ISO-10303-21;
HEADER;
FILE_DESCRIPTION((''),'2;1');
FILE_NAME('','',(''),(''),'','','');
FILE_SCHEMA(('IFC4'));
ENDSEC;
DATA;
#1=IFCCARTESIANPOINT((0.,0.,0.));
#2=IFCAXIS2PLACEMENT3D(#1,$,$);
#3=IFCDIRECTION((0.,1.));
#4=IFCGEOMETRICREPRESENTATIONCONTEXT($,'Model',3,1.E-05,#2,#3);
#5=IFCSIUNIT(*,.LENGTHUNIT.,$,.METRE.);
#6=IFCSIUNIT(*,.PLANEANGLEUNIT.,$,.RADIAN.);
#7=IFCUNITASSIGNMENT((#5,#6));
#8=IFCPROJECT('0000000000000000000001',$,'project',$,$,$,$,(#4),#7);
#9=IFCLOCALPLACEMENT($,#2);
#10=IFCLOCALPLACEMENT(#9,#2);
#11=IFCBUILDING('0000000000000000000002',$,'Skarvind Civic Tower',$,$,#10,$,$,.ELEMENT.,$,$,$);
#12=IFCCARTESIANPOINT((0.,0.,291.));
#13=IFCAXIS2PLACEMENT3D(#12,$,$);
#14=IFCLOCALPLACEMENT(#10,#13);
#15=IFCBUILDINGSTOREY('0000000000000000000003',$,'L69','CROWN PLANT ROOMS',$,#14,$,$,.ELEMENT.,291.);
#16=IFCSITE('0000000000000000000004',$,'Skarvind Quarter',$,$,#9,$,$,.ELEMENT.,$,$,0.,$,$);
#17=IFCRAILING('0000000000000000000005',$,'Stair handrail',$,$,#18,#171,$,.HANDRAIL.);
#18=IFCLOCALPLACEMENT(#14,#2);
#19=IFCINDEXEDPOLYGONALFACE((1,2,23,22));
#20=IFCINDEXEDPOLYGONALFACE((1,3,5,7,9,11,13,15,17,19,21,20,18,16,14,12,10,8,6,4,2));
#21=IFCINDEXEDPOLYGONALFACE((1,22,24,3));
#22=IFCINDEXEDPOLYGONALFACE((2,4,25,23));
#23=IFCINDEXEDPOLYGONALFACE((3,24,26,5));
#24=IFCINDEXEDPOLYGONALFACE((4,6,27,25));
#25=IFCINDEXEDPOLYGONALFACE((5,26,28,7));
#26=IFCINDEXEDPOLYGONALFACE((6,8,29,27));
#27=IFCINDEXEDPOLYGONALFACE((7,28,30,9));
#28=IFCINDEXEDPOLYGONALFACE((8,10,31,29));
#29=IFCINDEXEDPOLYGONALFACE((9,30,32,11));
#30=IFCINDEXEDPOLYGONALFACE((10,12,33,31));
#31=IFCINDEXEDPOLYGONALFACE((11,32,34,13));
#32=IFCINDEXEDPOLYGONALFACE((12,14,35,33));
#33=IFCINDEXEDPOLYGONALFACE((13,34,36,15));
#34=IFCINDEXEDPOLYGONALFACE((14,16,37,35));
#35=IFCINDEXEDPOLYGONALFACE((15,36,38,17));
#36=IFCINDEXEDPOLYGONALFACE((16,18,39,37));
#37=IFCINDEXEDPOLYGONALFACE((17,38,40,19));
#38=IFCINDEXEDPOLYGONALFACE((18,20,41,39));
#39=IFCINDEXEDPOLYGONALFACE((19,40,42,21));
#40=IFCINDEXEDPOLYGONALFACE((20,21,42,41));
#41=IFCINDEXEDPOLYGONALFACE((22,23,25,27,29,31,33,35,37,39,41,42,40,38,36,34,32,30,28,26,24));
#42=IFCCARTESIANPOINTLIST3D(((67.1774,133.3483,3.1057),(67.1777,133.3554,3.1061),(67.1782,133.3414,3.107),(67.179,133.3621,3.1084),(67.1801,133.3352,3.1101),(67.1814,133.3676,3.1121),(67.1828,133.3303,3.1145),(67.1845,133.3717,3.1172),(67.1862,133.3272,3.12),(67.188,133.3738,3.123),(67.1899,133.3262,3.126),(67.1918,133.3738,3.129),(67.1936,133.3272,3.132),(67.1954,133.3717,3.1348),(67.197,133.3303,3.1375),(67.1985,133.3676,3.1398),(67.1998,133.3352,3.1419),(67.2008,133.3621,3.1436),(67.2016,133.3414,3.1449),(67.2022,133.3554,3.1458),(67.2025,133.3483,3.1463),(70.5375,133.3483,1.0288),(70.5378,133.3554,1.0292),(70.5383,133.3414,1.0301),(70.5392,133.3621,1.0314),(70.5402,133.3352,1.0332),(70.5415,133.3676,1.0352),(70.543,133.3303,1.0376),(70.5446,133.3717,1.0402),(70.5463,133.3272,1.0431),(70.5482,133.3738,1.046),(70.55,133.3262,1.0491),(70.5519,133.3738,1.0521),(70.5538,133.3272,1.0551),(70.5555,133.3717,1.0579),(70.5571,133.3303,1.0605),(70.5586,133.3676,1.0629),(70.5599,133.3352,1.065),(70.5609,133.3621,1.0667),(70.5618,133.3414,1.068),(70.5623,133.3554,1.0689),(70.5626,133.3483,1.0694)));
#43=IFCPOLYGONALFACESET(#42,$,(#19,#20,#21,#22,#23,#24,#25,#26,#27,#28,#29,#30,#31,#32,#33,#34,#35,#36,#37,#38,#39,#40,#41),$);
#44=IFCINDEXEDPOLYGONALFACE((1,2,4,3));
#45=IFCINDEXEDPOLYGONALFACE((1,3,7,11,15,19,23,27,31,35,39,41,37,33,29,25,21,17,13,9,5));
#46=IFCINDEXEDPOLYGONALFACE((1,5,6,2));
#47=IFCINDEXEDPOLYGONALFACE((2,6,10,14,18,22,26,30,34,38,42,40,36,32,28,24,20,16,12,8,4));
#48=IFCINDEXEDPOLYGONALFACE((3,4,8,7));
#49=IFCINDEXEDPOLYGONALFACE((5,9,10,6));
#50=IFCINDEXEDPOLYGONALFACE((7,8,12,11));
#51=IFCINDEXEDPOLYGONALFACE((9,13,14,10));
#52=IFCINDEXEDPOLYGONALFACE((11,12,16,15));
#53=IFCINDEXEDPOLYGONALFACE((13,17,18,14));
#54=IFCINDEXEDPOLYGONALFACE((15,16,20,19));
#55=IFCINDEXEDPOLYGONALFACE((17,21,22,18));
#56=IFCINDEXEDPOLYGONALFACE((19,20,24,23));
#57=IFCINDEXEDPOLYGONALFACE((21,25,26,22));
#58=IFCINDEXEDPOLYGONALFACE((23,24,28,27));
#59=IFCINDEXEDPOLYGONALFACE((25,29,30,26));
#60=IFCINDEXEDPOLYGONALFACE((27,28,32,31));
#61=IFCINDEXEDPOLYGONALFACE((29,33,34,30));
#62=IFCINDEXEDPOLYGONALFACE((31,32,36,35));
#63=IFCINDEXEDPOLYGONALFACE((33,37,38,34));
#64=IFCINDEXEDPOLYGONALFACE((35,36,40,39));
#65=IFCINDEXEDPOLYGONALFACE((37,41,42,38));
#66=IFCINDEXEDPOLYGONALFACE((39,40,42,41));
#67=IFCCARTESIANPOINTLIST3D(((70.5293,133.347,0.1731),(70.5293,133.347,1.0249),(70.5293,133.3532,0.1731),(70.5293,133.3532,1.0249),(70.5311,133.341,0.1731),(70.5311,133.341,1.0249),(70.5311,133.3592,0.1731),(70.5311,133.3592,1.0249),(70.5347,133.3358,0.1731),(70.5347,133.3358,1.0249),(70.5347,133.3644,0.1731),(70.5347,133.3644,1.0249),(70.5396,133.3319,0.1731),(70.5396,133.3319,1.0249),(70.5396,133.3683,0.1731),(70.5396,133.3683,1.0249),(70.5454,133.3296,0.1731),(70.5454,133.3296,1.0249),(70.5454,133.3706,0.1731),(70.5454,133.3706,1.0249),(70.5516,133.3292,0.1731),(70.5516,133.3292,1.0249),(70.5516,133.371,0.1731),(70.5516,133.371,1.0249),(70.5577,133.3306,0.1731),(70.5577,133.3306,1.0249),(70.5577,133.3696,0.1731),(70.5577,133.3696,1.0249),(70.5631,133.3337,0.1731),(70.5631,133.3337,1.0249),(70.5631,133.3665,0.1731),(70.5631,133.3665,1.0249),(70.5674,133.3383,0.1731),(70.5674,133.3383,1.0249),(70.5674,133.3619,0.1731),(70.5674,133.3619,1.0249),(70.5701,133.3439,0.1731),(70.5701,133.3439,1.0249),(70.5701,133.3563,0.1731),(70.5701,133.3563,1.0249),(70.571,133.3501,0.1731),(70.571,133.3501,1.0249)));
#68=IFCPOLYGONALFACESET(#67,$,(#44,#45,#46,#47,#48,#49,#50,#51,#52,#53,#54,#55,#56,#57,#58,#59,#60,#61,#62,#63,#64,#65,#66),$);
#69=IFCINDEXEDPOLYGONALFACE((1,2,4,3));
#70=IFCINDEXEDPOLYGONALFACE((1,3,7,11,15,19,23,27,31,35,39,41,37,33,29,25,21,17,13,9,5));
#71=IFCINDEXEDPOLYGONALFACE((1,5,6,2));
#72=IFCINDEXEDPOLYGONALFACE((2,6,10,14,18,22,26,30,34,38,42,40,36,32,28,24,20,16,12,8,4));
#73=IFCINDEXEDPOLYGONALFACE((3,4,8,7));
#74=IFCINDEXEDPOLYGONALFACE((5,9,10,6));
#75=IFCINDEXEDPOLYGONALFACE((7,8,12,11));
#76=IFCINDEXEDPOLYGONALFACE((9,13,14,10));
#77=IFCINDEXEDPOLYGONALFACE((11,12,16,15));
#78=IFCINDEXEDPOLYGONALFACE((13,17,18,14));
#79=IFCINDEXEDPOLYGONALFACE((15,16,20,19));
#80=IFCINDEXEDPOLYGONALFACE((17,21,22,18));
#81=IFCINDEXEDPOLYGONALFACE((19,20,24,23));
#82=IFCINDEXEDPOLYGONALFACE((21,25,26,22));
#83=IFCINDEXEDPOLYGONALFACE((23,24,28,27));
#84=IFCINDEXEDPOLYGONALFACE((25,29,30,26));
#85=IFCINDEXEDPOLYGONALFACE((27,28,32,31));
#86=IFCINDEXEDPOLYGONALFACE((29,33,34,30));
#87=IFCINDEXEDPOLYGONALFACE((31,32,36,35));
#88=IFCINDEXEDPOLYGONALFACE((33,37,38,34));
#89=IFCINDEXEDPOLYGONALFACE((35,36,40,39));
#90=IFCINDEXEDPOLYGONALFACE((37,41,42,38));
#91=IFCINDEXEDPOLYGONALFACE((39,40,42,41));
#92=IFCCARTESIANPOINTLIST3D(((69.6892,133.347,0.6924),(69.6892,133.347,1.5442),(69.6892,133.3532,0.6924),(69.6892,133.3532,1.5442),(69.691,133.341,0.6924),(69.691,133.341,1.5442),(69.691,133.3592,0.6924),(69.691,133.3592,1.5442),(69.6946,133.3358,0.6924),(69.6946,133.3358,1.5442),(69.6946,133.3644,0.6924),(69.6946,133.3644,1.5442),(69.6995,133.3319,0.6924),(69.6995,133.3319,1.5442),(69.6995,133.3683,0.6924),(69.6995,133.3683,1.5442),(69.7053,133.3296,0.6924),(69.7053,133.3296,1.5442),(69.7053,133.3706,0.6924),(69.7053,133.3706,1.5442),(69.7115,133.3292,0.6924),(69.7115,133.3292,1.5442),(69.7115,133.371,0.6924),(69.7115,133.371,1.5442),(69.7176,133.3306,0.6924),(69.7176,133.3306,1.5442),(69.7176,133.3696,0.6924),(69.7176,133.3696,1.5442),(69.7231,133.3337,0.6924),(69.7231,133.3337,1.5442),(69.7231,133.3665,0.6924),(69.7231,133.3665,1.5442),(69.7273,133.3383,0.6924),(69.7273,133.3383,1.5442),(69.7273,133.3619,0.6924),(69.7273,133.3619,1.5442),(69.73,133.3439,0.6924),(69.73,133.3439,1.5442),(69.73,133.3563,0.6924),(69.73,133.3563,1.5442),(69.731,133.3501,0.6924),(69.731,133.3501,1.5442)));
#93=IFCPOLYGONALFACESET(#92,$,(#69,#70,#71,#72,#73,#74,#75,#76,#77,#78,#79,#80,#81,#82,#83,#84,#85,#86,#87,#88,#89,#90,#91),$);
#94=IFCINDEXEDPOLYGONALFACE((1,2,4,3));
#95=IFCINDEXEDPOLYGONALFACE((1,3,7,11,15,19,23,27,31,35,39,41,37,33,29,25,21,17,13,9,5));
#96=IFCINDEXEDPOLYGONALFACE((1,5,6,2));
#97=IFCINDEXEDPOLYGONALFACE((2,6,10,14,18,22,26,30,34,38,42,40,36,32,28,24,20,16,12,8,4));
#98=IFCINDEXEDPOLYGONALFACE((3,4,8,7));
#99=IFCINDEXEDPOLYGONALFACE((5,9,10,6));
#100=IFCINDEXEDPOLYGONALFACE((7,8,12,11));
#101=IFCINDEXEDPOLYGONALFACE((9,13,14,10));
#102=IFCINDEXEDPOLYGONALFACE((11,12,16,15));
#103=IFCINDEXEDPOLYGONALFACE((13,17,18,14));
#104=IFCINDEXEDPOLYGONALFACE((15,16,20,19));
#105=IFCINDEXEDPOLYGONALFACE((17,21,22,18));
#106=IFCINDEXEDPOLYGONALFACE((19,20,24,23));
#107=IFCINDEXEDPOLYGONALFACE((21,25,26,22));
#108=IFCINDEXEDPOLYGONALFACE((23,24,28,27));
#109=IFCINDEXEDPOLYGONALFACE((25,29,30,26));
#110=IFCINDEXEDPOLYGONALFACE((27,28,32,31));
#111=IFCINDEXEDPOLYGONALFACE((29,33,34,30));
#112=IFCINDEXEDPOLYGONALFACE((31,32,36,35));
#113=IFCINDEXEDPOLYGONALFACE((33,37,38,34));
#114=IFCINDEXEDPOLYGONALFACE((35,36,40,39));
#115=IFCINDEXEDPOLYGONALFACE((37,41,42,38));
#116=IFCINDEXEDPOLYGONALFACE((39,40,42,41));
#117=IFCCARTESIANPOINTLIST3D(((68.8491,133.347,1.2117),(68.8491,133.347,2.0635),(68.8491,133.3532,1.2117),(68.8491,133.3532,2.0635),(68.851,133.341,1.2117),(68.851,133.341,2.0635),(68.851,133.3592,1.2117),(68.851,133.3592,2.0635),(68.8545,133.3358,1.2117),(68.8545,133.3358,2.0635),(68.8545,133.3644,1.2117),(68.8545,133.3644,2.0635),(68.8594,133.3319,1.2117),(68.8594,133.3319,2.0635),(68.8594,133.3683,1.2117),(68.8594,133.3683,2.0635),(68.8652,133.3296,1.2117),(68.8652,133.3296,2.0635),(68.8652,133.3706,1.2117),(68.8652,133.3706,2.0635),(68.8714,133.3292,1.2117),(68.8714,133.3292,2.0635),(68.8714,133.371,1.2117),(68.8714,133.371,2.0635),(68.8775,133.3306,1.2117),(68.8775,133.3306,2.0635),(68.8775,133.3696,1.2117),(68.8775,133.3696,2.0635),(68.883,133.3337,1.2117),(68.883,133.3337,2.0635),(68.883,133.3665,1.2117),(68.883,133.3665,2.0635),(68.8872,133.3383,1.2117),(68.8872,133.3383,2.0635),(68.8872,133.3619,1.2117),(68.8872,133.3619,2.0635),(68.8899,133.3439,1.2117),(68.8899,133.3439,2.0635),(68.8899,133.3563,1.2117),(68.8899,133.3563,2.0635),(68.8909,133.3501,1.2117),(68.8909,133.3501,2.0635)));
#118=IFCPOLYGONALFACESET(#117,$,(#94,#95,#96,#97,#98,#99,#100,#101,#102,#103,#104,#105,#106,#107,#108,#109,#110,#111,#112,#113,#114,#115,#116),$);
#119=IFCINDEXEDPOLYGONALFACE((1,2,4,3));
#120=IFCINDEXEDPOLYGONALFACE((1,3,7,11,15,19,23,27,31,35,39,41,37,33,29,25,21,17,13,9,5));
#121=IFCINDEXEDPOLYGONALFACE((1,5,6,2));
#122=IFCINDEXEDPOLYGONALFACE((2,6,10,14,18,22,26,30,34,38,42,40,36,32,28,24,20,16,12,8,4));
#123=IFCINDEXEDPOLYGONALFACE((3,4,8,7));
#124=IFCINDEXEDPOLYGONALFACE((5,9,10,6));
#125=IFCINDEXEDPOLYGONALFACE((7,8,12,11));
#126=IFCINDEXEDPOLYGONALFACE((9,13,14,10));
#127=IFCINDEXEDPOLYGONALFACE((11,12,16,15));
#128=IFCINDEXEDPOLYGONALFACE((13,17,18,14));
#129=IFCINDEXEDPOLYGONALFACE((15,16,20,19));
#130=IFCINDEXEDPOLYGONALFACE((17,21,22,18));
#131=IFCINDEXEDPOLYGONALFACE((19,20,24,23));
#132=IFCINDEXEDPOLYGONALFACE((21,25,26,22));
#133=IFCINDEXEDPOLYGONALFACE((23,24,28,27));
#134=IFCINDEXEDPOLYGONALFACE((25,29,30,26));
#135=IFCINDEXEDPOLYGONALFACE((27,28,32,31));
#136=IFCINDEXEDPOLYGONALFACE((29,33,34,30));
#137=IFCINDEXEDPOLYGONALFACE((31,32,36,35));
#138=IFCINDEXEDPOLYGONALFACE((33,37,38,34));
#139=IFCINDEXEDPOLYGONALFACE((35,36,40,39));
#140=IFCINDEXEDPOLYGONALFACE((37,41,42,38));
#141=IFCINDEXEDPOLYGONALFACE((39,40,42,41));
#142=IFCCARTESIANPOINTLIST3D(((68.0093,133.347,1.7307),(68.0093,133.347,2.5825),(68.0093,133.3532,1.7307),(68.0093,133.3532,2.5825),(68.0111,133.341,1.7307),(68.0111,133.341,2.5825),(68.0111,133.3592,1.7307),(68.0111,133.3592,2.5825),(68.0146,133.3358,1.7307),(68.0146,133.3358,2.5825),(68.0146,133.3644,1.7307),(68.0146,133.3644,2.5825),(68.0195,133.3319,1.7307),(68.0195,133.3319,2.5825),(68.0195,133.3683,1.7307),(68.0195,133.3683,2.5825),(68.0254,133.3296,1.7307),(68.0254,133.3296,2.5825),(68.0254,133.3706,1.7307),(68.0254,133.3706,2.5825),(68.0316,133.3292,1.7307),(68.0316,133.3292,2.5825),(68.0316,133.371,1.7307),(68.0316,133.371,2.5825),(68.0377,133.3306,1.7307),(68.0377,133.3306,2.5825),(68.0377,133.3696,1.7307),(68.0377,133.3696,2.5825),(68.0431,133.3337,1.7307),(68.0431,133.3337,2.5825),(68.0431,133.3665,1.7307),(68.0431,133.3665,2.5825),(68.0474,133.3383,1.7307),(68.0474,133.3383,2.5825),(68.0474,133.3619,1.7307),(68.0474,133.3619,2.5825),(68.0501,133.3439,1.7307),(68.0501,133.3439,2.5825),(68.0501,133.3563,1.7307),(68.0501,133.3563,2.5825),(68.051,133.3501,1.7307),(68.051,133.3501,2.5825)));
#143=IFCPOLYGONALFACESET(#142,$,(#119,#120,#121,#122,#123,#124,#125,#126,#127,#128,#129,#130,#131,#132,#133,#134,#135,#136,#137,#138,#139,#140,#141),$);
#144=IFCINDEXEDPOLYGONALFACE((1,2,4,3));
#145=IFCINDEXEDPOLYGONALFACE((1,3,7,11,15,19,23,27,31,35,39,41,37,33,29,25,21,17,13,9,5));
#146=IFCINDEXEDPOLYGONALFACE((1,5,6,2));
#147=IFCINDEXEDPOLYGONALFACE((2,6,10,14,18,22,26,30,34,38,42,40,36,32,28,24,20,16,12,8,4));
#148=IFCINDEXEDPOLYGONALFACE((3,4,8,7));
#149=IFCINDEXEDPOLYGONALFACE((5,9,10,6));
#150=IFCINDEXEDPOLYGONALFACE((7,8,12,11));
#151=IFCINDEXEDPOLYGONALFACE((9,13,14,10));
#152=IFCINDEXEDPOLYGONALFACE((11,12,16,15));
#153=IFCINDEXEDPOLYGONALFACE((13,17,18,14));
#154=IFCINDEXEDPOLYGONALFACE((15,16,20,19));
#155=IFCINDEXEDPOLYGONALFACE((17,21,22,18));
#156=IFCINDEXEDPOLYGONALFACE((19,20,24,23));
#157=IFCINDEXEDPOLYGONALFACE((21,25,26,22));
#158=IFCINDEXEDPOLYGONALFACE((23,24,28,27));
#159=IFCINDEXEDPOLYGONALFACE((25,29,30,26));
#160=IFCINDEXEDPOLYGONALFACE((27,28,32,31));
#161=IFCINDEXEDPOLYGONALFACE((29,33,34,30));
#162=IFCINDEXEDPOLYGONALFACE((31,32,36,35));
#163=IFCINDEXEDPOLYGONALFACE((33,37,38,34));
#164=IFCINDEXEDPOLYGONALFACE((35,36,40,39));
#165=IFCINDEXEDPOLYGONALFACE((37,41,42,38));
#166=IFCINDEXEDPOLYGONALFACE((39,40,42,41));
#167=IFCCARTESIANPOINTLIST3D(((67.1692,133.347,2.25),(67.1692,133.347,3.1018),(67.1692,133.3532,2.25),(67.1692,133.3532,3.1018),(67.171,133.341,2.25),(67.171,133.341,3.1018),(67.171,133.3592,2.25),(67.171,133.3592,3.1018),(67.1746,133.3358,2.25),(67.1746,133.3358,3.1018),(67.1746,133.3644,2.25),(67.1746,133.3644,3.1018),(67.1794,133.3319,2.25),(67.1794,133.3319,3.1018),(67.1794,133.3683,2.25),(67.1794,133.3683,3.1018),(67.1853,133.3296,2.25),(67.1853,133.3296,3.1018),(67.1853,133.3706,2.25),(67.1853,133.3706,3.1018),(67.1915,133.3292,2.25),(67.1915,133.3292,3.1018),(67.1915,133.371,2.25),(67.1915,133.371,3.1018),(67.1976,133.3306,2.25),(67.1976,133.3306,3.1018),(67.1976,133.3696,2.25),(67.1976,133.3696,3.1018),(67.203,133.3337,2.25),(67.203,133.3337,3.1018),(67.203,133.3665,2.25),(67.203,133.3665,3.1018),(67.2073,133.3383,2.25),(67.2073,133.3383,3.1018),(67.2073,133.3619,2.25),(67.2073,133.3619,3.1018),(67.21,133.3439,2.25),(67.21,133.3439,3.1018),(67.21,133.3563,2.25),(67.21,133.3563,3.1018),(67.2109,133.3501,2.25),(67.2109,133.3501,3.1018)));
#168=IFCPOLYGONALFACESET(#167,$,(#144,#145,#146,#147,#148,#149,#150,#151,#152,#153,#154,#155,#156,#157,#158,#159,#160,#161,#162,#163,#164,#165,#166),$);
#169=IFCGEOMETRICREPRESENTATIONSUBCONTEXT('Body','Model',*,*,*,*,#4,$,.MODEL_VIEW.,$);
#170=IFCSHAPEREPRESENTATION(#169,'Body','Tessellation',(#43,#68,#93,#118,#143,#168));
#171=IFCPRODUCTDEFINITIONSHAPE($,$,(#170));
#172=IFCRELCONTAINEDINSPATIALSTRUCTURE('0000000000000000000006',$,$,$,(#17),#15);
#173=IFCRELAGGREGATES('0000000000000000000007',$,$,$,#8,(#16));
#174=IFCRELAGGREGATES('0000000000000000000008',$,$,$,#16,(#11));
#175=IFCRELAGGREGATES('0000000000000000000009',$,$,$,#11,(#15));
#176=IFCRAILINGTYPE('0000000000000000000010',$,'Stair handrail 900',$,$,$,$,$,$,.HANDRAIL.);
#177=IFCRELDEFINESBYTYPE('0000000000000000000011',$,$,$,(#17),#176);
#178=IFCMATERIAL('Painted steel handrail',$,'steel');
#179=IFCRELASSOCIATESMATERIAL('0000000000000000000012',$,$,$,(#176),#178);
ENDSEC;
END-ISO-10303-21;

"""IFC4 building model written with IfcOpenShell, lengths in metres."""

from ifc_helpers import new_model, si_unit, direction, frame, origin, origin_2d, place, context, subcontext, project, spatial, circle, extrude, material, type_object, element, save


model = new_model("IFC4")

# Units and contexts
model_context = context("Model", 3, precision=1e-05, world=origin(), true_north=direction((0.0, 1.0)))
body_context = subcontext(model_context, "Body", "Model", "MODEL_VIEW")
ifc_project = project(units=[si_unit("LENGTHUNIT", "METRE"), si_unit("PLANEANGLEUNIT", "RADIAN")], contexts=[model_context])

# Site, building, storey
site_placement = place(None, origin())
site = spatial("IfcSite", under=ifc_project, at=site_placement, Name="Skarvind Quarter", CompositionType="ELEMENT", RefElevation=0.0)
building_placement = place(site_placement, origin())
building = spatial("IfcBuilding", under=site, at=building_placement, Name="Skarvind Civic Tower", CompositionType="ELEMENT")
storey_placement = place(building_placement, frame((0.0, 0.0, 291.0)))
storey = spatial("IfcBuildingStorey", under=building, at=storey_placement, Name="L69", Description="CROWN PLANT ROOMS", CompositionType="ELEMENT", Elevation=291.0)

# Railing
ifc_material_1 = material(Name="Painted steel handrail", Category="steel")
railing_type = type_object("IfcRailingType", Name="Stair handrail 900", PredefinedType="HANDRAIL", material=ifc_material_1)
railing_1_placement = place(storey_placement, frame((70.55, 133.3501, 0.1731)))
element("IfcRailing", 1, at=railing_1_placement, inside=storey, type_object=railing_type, Name="Stair handrail", PredefinedType="HANDRAIL", context=body_context, shape_type="SweptSolid", body=[
    extrude(circle(Radius=0.0239, at=origin_2d()), frame((0.0, 0.0, 0.876), z_axis=(-0.850623, 0.0, 0.525776), x_axis=(0.0, -1.0, 0.0)), (0.0, 0.0, 1.0), 3.9502),
    extrude(circle(Radius=0.021, at=origin_2d()), origin(), (0.0, 0.0, 1.0), 0.8518),
    extrude(circle(Radius=0.021, at=origin_2d()), frame((-0.8401, 0.0, 0.5193)), (0.0, 0.0, 1.0), 0.8518),
    extrude(circle(Radius=0.021, at=origin_2d()), frame((-1.6802, 0.0, 1.0386)), (0.0, 0.0, 1.0), 0.8518),
    extrude(circle(Radius=0.021, at=origin_2d()), frame((-2.52, 0.0, 1.5576)), (0.0, 0.0, 1.0), 0.8518),
    extrude(circle(Radius=0.021, at=origin_2d()), frame((-3.3601, 0.0, 2.0769)), (0.0, 0.0, 1.0), 0.8518),
])

save(model, "model.ifc")
